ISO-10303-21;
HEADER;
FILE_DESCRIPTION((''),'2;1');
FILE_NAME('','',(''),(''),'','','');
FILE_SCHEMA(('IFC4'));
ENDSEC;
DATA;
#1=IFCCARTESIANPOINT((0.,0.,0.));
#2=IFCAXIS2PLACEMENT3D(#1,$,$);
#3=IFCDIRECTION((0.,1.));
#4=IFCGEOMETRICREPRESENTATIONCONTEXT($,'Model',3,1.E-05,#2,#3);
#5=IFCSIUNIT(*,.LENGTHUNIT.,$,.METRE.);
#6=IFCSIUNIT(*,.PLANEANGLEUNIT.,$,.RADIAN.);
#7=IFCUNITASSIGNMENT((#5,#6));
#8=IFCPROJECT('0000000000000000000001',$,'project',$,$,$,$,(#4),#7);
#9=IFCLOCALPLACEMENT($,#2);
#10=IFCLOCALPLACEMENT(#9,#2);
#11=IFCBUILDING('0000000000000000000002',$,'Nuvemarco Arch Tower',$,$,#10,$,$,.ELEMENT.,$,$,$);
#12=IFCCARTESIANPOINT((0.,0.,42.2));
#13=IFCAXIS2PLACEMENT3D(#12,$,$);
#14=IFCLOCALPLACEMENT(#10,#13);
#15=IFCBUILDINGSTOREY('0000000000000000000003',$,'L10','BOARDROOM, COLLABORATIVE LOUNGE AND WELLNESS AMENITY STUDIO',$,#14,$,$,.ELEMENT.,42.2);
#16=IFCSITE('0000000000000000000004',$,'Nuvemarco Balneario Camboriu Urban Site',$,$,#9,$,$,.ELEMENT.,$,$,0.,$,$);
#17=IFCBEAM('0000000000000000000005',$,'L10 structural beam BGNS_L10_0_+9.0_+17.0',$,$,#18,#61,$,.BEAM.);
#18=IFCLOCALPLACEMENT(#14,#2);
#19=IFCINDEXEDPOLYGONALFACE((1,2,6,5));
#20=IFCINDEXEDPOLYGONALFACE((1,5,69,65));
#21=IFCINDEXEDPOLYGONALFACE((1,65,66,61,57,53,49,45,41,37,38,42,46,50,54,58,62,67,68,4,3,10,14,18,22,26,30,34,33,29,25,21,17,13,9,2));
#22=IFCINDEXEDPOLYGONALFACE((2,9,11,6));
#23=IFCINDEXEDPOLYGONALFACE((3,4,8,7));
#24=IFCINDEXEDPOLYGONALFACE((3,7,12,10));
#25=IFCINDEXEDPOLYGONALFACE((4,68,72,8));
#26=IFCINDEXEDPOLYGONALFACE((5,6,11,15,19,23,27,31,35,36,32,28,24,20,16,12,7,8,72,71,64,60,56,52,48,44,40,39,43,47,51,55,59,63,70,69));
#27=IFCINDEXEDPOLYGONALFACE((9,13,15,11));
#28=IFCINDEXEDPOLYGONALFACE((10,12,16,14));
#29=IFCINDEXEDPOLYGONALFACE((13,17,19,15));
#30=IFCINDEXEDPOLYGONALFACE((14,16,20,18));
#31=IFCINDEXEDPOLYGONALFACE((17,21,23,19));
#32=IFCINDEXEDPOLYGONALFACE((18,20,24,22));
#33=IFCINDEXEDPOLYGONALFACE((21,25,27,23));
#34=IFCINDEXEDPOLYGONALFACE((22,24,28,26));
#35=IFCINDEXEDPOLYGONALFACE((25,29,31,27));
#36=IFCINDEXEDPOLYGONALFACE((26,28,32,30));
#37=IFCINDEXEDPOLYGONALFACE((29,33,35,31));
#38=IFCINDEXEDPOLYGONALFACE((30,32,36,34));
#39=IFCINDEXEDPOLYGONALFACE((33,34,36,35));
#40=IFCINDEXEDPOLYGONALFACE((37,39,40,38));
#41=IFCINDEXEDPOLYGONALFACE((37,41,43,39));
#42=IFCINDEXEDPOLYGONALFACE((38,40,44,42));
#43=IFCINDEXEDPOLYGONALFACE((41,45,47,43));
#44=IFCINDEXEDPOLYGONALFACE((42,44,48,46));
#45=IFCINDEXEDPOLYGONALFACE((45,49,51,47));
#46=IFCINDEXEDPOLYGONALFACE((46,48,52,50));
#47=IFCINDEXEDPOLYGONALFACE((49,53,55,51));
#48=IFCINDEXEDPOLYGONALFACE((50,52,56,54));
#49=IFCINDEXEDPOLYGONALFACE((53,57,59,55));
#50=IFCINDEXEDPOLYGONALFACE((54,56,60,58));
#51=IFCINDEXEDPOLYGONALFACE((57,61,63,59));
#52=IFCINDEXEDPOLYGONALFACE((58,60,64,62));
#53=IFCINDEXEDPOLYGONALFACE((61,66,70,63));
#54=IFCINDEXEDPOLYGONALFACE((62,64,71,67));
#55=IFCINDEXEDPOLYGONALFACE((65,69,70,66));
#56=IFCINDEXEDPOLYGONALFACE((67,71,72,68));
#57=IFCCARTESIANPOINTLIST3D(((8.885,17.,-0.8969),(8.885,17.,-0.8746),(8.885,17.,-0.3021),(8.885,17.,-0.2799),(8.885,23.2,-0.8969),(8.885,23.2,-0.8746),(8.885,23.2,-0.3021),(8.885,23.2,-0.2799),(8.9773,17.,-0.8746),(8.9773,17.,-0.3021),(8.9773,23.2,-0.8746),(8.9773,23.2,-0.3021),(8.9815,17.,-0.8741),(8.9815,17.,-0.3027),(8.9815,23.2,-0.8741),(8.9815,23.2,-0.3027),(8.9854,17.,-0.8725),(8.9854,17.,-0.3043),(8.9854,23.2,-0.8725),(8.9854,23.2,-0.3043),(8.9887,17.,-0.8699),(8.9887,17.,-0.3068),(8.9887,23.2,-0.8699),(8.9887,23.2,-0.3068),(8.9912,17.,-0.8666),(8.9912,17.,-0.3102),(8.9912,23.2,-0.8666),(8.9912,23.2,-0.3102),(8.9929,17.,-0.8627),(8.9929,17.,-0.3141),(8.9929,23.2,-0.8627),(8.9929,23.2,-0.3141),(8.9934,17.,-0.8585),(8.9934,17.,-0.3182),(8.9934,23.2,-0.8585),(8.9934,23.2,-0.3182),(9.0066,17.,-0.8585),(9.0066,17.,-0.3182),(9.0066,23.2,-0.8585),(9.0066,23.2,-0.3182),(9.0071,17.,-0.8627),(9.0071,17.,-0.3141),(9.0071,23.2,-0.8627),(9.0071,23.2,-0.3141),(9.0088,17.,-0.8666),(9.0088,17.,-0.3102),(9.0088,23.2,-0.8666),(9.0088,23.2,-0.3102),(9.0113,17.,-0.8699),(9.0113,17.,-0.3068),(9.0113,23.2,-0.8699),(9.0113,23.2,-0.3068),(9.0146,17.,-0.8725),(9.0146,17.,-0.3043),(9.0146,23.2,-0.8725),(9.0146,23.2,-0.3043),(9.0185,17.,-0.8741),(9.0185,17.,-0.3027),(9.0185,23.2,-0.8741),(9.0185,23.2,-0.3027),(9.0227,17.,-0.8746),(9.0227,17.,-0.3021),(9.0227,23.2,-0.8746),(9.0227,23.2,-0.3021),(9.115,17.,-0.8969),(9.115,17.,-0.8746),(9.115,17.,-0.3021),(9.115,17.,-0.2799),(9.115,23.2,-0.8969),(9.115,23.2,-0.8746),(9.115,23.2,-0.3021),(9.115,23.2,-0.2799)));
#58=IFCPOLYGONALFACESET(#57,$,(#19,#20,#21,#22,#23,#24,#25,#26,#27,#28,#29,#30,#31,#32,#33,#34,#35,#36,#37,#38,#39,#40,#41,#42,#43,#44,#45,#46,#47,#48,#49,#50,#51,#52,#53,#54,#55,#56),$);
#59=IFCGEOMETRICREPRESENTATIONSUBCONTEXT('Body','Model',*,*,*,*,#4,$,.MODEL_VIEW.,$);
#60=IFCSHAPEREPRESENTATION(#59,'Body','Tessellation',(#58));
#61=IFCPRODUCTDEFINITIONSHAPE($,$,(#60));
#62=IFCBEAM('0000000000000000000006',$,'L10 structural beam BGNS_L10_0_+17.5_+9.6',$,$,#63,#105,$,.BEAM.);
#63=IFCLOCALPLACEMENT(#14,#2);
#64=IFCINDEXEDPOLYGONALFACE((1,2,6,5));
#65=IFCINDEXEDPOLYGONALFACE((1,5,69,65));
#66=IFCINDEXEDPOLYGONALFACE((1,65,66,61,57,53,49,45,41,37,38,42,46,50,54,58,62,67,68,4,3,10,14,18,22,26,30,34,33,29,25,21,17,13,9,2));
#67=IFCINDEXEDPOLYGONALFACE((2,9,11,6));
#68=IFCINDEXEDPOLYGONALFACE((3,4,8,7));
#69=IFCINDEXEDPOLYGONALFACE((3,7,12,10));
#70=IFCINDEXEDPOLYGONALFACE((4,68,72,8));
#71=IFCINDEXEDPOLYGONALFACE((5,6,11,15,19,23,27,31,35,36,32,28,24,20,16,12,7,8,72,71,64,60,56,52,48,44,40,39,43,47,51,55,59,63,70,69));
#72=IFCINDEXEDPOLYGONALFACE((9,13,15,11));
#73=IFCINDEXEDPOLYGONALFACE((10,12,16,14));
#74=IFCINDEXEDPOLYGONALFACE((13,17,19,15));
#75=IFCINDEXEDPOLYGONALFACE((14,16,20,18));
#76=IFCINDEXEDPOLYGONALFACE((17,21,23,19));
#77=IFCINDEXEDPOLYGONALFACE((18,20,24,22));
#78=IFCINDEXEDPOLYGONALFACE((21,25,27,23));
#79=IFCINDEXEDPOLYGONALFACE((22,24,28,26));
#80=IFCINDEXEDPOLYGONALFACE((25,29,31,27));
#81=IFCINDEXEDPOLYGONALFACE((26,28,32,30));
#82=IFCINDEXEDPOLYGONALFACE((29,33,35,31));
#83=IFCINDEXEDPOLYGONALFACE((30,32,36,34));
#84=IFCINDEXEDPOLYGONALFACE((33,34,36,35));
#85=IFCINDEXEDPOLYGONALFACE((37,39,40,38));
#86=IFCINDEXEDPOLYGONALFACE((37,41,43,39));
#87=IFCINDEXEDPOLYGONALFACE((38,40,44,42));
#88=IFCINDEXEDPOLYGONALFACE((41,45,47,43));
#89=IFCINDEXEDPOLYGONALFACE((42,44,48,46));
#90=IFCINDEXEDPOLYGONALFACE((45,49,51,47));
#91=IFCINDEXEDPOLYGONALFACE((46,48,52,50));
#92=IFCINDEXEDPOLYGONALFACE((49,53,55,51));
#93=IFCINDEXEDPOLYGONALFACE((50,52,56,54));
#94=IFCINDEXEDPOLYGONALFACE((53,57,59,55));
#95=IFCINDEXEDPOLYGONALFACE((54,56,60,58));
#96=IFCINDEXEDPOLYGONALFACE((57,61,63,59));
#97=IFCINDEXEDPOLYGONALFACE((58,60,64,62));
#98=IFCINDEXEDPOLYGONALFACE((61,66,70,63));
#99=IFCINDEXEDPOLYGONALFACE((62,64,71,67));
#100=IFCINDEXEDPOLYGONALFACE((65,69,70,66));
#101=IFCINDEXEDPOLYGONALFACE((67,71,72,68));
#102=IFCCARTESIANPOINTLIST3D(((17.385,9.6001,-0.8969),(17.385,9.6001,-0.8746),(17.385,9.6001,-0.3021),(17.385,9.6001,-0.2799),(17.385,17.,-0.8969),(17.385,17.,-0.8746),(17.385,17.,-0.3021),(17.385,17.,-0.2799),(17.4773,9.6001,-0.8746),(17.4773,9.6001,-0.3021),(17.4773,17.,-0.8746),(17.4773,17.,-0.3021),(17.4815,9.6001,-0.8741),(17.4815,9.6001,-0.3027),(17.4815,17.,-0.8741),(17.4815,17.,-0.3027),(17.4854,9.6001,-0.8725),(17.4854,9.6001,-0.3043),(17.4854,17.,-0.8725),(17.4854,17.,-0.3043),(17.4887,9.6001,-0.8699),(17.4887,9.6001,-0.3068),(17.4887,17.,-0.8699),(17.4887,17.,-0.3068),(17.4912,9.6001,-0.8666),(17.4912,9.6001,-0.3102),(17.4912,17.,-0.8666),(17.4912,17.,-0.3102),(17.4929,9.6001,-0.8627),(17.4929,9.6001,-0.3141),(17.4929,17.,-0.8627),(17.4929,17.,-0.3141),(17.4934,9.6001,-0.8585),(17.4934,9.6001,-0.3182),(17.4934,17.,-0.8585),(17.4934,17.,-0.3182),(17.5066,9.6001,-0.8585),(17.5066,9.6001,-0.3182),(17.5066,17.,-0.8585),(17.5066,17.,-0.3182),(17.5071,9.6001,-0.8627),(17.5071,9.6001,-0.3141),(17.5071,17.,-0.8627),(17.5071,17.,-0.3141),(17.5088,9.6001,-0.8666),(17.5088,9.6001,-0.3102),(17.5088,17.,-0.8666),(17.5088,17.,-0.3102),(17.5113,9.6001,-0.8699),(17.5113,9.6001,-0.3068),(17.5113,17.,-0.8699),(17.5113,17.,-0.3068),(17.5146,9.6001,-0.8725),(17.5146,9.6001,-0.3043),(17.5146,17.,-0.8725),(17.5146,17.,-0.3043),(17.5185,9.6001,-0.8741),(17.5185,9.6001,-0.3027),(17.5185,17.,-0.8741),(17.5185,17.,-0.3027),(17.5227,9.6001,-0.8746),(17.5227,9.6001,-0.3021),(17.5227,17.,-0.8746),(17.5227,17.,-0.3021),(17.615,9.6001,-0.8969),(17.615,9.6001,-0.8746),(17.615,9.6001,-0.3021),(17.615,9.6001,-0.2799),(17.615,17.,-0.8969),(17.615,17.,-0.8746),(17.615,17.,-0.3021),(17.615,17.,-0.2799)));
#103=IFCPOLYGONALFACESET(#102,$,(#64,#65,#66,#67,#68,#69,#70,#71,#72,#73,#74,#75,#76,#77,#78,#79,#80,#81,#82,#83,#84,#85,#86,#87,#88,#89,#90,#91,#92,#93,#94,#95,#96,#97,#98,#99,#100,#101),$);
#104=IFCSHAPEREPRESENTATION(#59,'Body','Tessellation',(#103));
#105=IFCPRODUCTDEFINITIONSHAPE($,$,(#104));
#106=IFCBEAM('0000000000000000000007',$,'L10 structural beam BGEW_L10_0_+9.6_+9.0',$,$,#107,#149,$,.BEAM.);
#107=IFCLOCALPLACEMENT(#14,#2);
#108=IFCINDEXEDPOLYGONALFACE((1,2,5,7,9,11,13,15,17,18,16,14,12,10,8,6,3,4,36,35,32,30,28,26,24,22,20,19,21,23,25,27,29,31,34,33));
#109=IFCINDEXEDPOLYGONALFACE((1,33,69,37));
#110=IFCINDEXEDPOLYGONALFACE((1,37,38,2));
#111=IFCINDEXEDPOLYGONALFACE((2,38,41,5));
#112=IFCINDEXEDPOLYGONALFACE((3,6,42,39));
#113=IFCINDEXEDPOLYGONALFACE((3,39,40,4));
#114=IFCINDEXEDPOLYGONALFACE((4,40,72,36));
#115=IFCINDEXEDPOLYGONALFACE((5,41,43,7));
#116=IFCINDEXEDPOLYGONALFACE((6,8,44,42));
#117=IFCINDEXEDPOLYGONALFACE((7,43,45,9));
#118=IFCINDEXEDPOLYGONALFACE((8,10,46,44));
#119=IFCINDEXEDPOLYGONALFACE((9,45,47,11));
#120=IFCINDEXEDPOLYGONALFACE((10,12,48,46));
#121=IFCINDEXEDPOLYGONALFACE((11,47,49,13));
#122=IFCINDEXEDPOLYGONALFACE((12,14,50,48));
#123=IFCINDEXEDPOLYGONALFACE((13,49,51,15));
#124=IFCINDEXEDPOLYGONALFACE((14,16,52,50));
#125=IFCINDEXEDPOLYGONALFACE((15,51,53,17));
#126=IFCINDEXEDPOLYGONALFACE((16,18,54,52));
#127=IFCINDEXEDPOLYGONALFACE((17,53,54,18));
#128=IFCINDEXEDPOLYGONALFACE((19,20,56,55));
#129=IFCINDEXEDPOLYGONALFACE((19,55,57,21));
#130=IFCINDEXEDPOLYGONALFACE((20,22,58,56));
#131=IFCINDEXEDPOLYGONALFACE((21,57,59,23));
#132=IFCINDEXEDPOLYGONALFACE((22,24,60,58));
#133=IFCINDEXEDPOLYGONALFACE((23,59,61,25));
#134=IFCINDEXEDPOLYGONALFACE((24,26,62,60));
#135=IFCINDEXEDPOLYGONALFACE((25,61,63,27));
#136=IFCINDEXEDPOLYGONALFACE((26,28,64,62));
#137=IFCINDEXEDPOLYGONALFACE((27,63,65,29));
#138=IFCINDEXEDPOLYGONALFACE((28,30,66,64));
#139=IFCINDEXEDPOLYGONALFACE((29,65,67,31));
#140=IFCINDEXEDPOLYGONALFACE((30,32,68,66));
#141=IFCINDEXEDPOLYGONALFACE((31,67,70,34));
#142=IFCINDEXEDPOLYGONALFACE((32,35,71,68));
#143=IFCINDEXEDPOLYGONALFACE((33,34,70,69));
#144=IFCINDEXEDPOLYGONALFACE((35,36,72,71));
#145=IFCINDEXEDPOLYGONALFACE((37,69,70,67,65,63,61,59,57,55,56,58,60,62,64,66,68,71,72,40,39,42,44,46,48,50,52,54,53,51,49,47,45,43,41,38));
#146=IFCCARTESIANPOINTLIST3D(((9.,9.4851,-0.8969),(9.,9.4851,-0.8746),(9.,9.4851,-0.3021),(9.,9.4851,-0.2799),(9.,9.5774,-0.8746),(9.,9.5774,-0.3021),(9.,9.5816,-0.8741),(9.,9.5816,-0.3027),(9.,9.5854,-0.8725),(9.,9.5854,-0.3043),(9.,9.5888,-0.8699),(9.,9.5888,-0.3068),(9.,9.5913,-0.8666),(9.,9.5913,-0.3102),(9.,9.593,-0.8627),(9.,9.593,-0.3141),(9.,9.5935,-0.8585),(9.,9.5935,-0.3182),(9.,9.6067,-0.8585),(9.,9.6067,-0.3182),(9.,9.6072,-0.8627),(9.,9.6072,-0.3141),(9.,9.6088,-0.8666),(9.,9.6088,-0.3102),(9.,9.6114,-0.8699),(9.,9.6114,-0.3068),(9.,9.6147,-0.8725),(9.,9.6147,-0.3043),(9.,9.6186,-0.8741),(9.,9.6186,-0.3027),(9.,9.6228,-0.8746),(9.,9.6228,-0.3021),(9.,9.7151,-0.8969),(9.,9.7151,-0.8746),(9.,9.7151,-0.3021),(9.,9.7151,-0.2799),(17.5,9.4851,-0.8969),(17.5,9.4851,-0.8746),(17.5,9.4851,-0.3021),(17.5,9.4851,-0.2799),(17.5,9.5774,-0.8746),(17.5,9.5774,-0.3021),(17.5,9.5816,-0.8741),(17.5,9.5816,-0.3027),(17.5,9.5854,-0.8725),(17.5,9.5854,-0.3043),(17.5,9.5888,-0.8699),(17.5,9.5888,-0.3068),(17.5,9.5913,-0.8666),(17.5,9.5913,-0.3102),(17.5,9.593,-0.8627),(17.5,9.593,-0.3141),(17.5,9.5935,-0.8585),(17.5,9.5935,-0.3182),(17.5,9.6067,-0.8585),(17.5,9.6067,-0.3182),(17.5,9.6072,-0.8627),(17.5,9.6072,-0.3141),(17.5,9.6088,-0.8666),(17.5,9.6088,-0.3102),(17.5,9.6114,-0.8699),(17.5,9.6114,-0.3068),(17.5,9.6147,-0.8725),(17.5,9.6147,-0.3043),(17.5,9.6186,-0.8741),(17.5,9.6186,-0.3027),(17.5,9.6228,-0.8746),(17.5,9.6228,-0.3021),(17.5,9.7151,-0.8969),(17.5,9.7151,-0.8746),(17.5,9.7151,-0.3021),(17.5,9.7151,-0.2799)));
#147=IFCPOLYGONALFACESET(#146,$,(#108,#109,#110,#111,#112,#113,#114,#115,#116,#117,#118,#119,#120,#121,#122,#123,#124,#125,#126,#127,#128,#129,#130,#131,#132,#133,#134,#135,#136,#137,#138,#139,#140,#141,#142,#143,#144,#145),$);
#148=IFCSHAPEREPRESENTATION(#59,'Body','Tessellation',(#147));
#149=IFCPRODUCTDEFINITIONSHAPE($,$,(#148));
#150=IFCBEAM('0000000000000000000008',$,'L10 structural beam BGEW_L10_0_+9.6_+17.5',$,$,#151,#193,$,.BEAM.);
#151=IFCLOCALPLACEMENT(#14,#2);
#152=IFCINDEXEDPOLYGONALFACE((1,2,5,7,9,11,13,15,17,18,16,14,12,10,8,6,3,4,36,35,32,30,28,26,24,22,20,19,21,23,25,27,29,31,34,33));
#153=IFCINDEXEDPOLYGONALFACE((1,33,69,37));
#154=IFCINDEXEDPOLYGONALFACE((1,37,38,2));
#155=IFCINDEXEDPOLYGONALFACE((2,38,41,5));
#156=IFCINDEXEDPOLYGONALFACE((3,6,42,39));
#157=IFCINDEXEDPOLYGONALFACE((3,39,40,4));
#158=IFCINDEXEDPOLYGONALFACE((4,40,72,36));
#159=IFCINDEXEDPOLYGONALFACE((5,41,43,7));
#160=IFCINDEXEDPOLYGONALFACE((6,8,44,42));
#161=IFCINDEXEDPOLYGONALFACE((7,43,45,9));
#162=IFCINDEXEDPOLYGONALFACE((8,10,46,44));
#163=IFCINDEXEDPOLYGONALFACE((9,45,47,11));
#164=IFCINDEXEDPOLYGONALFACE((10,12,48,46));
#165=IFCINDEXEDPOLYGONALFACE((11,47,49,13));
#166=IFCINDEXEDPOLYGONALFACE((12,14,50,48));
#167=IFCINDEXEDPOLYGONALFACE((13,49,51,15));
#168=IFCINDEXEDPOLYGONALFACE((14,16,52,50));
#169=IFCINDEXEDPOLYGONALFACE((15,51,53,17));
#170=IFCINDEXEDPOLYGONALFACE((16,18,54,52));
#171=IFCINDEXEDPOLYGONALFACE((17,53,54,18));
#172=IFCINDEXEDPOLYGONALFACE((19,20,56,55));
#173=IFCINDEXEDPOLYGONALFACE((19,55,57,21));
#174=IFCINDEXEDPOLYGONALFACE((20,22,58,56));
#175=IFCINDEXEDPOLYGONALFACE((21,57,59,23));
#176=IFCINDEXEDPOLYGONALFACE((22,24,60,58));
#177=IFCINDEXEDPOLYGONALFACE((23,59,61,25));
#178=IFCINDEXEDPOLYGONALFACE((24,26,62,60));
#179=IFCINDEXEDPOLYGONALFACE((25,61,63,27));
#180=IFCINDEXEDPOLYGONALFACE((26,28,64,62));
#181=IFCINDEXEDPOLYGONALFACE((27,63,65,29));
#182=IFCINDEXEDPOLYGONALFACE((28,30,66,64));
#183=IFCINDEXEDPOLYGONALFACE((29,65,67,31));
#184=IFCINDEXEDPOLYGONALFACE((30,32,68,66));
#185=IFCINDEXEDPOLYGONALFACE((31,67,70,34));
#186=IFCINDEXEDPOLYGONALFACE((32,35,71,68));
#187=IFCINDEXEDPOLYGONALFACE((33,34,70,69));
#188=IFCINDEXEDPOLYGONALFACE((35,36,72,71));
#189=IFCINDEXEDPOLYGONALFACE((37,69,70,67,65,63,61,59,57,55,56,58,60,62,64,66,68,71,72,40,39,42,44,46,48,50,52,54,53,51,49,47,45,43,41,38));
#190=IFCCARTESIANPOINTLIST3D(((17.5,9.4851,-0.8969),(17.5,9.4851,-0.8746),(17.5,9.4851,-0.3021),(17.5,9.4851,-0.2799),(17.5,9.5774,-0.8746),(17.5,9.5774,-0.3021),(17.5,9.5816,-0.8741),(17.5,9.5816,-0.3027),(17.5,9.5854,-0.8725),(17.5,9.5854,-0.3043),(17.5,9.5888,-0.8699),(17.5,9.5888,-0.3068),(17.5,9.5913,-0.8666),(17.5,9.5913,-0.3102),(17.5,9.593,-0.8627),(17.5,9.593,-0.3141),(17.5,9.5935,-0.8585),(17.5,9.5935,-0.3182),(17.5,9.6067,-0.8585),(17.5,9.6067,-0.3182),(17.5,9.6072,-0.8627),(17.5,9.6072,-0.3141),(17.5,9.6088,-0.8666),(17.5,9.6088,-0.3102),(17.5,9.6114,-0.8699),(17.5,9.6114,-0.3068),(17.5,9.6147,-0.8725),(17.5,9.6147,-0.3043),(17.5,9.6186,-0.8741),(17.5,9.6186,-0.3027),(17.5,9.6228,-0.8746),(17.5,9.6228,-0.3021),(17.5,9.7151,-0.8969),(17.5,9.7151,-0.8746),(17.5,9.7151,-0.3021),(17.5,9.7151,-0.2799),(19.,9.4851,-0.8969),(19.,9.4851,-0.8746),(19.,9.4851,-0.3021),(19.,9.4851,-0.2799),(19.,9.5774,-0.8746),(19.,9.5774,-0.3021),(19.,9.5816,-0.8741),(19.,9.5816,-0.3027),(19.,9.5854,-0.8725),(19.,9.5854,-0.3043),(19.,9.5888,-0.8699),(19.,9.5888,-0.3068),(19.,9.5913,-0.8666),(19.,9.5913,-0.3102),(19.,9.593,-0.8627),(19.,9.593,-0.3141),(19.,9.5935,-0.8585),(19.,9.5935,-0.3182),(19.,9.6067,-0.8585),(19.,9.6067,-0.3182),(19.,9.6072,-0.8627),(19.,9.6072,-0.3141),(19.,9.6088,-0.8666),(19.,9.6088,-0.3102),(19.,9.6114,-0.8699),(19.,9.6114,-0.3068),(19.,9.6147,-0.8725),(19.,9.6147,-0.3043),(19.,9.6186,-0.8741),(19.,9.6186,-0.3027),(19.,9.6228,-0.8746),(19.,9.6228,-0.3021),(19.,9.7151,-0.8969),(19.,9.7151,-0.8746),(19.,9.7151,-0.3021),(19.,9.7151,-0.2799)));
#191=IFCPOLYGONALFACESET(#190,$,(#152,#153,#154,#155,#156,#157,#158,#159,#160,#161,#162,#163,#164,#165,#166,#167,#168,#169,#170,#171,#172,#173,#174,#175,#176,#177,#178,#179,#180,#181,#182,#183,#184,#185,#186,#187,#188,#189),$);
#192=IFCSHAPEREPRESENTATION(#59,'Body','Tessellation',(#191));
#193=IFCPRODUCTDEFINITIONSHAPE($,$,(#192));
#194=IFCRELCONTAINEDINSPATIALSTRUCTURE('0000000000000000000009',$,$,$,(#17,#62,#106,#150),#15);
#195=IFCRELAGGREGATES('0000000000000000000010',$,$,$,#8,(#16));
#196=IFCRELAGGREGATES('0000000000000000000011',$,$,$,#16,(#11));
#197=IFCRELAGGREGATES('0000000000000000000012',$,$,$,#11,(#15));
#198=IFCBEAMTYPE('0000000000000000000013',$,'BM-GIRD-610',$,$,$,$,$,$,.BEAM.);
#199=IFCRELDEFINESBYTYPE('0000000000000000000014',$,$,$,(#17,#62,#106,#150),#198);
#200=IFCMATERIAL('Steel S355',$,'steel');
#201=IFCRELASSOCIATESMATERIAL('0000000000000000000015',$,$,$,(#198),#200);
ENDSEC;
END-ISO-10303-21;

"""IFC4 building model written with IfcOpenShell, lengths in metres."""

from ifc_helpers import new_model, si_unit, direction, frame, origin, origin_2d, place, context, subcontext, project, spatial, i_section, extrude, material, material_profile, profile_set, type_object, element, save


model = new_model("IFC4")

# Units and contexts
model_context = context("Model", 3, precision=1e-05, world=origin(), true_north=direction((0.0, 1.0)))
body_context = subcontext(model_context, "Body", "Model", "MODEL_VIEW")
ifc_project = project(units=[si_unit("LENGTHUNIT", "METRE"), si_unit("PLANEANGLEUNIT", "RADIAN")], contexts=[model_context])

# Site, building, storey
site_placement = place(None, origin())
site = spatial("IfcSite", under=ifc_project, at=site_placement, Name="Nuvemarco Balneario Camboriu Urban Site", CompositionType="ELEMENT", RefElevation=0.0)
building_placement = place(site_placement, origin())
building = spatial("IfcBuilding", under=site, at=building_placement, Name="Nuvemarco Arch Tower", CompositionType="ELEMENT")
storey_placement = place(building_placement, frame((0.0, 0.0, 42.2)))
storey = spatial("IfcBuildingStorey", under=building, at=storey_placement, Name="L10", Description="BOARDROOM, COLLABORATIVE LOUNGE AND WELLNESS AMENITY STUDIO", CompositionType="ELEMENT", Elevation=42.2)

# Shared definitions
ifc_material_1 = material(Name="Steel S355", Category="steel")

# Beams
ifc_material_profile_1 = material_profile(ifc_material_1, i_section(OverallWidth=0.23, OverallDepth=0.6169, WebThickness=0.0132, FlangeThickness=0.0222, FilletRadius=0.0161, at=origin_2d()), Name="W610x140")
ifc_profile_set_1 = profile_set([ifc_material_profile_1], Name="Steel S355")
beam_type_1 = type_object("IfcBeamType", Name="BM-GIRD-610", PredefinedType="BEAM", material=ifc_profile_set_1)
beam_1_placement = place(storey_placement, frame((9.0, 17.0, -0.5884), z_axis=(0.0, 1.0, 0.0), x_axis=(-1.0, 0.0, 0.0)))
element("IfcBeam", 1, at=beam_1_placement, inside=storey, type_object=beam_type_1, Name="L10 structural beam BGNS_L10_0_+9.0_+17.0", PredefinedType="BEAM", context=body_context, shape_type="SweptSolid", body=[
    extrude(i_section(OverallWidth=0.23, OverallDepth=0.6169, WebThickness=0.0132, FlangeThickness=0.0222, FilletRadius=0.0161, at=origin_2d()), origin(), (0.0, 0.0, 1.0), 6.2),
])
beam_2_placement = place(storey_placement, frame((17.5, 9.6001, -0.5884), z_axis=(0.0, 1.0, 0.0), x_axis=(-1.0, 0.0, 0.0)))
element("IfcBeam", 2, at=beam_2_placement, inside=storey, type_object=beam_type_1, Name="L10 structural beam BGNS_L10_0_+17.5_+9.6", PredefinedType="BEAM", context=body_context, shape_type="SweptSolid", body=[
    extrude(i_section(OverallWidth=0.23, OverallDepth=0.6169, WebThickness=0.0132, FlangeThickness=0.0222, FilletRadius=0.0161, at=origin_2d()), origin(), (0.0, 0.0, 1.0), 7.3999),
])
beam_3_placement = place(storey_placement, frame((9.0, 9.6001, -0.5884), z_axis=(1.0, 0.0, 0.0), x_axis=(0.0, 1.0, 0.0)))
element("IfcBeam", 3, at=beam_3_placement, inside=storey, type_object=beam_type_1, Name="L10 structural beam BGEW_L10_0_+9.6_+9.0", PredefinedType="BEAM", context=body_context, shape_type="SweptSolid", body=[
    extrude(i_section(OverallWidth=0.23, OverallDepth=0.6169, WebThickness=0.0132, FlangeThickness=0.0222, FilletRadius=0.0161, at=origin_2d()), origin(), (0.0, 0.0, 1.0), 8.5),
])
beam_4_placement = place(storey_placement, frame((17.5, 9.6001, -0.5884), z_axis=(1.0, 0.0, 0.0), x_axis=(0.0, 1.0, 0.0)))
element("IfcBeam", 4, at=beam_4_placement, inside=storey, type_object=beam_type_1, Name="L10 structural beam BGEW_L10_0_+9.6_+17.5", PredefinedType="BEAM", context=body_context, shape_type="SweptSolid", body=[
    extrude(i_section(OverallWidth=0.23, OverallDepth=0.6169, WebThickness=0.0132, FlangeThickness=0.0222, FilletRadius=0.0161, at=origin_2d()), origin(), (0.0, 0.0, 1.0), 1.5),
])

save(model, "model.ifc")
